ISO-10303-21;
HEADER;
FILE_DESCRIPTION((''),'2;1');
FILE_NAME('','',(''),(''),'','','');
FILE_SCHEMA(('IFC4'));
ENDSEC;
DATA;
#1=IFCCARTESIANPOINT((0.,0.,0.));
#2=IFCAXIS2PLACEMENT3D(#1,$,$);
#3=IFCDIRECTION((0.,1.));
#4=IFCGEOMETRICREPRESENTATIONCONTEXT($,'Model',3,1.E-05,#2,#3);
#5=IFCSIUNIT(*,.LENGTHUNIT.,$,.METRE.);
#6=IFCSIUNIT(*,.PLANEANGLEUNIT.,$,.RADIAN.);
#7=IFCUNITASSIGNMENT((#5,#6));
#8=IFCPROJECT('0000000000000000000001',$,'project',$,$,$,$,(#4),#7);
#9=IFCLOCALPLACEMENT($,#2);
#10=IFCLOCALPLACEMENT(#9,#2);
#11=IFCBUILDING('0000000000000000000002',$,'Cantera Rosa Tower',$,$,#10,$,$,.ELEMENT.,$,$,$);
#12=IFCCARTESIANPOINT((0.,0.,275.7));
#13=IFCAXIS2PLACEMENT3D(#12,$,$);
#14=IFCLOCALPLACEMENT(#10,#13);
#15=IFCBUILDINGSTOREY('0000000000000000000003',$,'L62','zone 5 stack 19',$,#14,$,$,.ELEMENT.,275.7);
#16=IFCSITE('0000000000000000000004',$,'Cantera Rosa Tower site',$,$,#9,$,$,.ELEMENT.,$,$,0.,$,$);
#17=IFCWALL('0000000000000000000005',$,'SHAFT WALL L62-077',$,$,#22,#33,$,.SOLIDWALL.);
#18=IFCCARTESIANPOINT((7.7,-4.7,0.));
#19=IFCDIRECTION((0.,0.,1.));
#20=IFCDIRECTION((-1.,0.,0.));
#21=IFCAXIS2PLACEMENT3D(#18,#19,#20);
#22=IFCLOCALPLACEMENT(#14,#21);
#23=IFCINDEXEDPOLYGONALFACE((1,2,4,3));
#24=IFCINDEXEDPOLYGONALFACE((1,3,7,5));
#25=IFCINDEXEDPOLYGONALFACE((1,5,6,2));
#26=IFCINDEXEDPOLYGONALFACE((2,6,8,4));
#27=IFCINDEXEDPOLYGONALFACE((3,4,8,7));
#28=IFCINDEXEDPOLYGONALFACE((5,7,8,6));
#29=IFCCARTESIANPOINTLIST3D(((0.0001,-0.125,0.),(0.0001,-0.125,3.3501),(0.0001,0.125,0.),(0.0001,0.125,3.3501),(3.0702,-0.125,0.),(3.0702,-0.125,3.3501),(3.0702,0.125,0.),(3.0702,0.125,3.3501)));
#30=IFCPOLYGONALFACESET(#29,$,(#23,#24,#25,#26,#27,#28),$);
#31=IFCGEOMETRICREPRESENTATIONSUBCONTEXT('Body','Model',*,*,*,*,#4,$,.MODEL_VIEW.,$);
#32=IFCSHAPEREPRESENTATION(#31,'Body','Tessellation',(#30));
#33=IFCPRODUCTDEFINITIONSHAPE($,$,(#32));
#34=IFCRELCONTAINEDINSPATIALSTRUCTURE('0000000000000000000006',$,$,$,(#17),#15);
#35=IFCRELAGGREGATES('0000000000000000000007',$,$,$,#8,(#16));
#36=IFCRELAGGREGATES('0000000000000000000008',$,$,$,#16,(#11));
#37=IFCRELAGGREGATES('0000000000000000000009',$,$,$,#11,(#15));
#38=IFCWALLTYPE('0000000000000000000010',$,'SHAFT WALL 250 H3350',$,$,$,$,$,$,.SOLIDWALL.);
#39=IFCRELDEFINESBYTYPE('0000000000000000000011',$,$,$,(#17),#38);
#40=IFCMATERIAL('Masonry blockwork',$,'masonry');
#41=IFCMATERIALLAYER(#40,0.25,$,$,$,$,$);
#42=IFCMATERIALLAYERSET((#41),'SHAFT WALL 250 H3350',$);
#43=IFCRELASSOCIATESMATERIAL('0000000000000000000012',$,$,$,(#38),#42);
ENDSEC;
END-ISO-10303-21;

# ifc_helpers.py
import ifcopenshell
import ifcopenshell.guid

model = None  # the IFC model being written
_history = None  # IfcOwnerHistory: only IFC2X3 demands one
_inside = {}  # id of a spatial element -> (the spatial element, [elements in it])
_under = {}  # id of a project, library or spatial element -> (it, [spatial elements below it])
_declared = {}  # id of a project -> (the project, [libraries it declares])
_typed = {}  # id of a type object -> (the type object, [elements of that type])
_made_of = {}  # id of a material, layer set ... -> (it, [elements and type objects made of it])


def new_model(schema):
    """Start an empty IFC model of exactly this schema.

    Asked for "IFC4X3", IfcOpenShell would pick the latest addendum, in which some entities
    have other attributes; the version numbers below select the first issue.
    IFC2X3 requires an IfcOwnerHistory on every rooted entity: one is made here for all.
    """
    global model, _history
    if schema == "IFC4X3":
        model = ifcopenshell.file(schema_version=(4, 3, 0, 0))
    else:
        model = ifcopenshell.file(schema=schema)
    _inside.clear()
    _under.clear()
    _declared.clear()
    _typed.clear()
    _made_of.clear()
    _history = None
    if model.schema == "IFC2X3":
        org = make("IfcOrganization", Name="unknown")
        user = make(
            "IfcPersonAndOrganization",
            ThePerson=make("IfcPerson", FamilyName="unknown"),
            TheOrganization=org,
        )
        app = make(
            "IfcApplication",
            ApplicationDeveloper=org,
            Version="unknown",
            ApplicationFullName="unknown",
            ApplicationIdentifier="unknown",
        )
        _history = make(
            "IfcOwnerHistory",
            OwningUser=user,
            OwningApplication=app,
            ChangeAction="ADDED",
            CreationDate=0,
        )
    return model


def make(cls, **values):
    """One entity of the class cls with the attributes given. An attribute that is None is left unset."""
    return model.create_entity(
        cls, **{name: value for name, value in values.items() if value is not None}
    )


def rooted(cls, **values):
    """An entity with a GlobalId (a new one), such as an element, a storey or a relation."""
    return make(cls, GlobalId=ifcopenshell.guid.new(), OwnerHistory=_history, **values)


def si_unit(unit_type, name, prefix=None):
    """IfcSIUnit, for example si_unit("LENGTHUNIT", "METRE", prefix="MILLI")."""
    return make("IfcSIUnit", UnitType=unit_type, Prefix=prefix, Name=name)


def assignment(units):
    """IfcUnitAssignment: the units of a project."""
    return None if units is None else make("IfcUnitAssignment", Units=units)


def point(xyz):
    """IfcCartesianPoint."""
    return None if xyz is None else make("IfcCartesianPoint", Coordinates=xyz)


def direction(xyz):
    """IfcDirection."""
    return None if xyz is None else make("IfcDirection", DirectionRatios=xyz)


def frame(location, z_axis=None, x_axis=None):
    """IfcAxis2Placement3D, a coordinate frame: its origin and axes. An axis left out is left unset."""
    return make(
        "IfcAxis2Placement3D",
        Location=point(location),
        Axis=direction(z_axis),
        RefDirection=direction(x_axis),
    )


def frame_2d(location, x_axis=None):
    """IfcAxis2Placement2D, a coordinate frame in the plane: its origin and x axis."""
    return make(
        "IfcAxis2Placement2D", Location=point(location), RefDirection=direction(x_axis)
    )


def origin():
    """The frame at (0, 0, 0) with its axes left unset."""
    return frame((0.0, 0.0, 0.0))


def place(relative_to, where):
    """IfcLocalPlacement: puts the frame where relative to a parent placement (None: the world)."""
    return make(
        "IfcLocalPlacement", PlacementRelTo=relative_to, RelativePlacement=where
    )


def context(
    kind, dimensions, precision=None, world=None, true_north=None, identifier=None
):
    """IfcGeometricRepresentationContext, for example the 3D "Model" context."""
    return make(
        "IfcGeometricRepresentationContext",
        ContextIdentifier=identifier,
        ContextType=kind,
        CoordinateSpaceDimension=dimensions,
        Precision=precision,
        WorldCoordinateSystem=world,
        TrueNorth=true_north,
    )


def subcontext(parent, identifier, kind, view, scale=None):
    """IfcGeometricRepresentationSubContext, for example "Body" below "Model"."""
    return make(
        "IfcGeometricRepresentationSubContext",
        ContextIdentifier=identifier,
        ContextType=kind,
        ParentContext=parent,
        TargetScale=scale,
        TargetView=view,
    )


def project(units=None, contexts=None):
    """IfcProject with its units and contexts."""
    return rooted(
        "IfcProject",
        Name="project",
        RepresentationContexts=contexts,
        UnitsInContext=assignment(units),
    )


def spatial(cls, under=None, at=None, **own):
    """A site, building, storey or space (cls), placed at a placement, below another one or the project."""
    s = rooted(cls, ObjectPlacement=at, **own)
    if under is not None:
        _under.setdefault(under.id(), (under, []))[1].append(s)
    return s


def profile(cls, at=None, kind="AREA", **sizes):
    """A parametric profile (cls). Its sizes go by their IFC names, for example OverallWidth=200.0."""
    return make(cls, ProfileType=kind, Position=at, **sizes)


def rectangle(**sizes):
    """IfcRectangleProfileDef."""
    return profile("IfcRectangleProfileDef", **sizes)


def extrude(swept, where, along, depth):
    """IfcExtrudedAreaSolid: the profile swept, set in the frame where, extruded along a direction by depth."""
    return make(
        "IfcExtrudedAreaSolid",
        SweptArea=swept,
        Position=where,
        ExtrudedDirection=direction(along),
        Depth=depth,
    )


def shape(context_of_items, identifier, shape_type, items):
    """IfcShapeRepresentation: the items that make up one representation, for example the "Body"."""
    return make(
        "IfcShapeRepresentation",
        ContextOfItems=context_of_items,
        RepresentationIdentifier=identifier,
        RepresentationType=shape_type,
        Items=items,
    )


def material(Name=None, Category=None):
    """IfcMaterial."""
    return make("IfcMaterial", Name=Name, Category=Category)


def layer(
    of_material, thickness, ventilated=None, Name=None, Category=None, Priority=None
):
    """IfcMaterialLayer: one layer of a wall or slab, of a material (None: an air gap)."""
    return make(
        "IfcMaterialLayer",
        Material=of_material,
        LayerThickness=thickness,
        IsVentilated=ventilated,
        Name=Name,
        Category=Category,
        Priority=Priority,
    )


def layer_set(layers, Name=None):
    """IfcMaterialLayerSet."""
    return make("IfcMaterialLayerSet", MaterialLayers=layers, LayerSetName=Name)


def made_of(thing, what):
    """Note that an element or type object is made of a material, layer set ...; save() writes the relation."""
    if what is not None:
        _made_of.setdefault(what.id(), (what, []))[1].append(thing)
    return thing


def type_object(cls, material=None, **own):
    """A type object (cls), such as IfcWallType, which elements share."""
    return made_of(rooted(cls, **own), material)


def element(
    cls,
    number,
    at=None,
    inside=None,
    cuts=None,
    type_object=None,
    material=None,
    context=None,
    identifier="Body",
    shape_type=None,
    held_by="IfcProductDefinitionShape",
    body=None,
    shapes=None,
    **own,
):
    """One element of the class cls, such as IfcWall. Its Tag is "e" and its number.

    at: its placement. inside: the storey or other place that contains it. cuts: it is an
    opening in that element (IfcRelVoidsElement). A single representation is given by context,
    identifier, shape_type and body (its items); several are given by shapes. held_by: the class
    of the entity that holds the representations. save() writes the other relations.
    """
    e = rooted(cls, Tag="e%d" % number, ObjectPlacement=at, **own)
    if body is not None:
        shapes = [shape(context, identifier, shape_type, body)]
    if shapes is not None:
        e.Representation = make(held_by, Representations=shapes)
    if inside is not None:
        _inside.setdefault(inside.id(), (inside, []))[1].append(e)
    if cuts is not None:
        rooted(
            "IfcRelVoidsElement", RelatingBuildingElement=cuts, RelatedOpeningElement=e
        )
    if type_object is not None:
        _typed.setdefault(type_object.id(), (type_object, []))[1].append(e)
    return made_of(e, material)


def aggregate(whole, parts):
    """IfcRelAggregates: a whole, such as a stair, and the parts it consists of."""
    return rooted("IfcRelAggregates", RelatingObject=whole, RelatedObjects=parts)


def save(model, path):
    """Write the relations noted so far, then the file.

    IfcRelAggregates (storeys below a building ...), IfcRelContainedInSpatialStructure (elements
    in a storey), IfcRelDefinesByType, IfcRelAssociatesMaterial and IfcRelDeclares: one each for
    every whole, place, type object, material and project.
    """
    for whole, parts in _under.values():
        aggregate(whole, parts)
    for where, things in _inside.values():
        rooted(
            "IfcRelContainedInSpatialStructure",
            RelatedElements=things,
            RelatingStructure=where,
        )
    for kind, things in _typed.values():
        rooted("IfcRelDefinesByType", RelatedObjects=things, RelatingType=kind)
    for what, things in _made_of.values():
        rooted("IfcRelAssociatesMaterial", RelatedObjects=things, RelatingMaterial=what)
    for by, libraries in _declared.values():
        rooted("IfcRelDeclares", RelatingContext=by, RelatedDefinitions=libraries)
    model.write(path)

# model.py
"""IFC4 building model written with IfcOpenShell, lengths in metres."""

from ifc_helpers import new_model, si_unit, direction, frame, frame_2d, origin, place, context, subcontext, project, spatial, rectangle, extrude, material, layer, layer_set, type_object, element, save


model = new_model("IFC4")

# Units and contexts
model_context = context("Model", 3, precision=1e-05, world=origin(), true_north=direction((0.0, 1.0)))
body_context = subcontext(model_context, "Body", "Model", "MODEL_VIEW")
ifc_project = project(units=[si_unit("LENGTHUNIT", "METRE"), si_unit("PLANEANGLEUNIT", "RADIAN")], contexts=[model_context])

# Site, building, storey
site_placement = place(None, origin())
site = spatial("IfcSite", under=ifc_project, at=site_placement, Name="Cantera Rosa Tower site", CompositionType="ELEMENT", RefElevation=0.0)
building_placement = place(site_placement, origin())
building = spatial("IfcBuilding", under=site, at=building_placement, Name="Cantera Rosa Tower", CompositionType="ELEMENT")
storey_placement = place(building_placement, frame((0.0, 0.0, 275.7)))
storey = spatial("IfcBuildingStorey", under=building, at=storey_placement, Name="L62", Description="zone 5 stack 19", CompositionType="ELEMENT", Elevation=275.7)

# Wall
ifc_material_1 = material(Name="Masonry blockwork", Category="masonry")
ifc_layer_1 = layer(ifc_material_1, 0.25)
ifc_layer_set_1 = layer_set([ifc_layer_1], Name="SHAFT WALL 250 H3350")
wall_type_1 = type_object("IfcWallType", Name="SHAFT WALL 250 H3350", PredefinedType="SOLIDWALL", material=ifc_layer_set_1)
wall_1_placement = place(storey_placement, frame((7.7, -4.7, 0.0), z_axis=(0.0, 0.0, 1.0), x_axis=(-1.0, 0.0, 0.0)))
element("IfcWall", 1, at=wall_1_placement, inside=storey, type_object=wall_type_1, Name="SHAFT WALL L62-077", PredefinedType="SOLIDWALL", context=body_context, shape_type="SweptSolid", body=[
    extrude(rectangle(XDim=3.0701, YDim=0.25, at=frame_2d((1.5352, 0.0))), origin(), (0.0, 0.0, 1.0), 3.3501),
])

save(model, "model.ifc")
